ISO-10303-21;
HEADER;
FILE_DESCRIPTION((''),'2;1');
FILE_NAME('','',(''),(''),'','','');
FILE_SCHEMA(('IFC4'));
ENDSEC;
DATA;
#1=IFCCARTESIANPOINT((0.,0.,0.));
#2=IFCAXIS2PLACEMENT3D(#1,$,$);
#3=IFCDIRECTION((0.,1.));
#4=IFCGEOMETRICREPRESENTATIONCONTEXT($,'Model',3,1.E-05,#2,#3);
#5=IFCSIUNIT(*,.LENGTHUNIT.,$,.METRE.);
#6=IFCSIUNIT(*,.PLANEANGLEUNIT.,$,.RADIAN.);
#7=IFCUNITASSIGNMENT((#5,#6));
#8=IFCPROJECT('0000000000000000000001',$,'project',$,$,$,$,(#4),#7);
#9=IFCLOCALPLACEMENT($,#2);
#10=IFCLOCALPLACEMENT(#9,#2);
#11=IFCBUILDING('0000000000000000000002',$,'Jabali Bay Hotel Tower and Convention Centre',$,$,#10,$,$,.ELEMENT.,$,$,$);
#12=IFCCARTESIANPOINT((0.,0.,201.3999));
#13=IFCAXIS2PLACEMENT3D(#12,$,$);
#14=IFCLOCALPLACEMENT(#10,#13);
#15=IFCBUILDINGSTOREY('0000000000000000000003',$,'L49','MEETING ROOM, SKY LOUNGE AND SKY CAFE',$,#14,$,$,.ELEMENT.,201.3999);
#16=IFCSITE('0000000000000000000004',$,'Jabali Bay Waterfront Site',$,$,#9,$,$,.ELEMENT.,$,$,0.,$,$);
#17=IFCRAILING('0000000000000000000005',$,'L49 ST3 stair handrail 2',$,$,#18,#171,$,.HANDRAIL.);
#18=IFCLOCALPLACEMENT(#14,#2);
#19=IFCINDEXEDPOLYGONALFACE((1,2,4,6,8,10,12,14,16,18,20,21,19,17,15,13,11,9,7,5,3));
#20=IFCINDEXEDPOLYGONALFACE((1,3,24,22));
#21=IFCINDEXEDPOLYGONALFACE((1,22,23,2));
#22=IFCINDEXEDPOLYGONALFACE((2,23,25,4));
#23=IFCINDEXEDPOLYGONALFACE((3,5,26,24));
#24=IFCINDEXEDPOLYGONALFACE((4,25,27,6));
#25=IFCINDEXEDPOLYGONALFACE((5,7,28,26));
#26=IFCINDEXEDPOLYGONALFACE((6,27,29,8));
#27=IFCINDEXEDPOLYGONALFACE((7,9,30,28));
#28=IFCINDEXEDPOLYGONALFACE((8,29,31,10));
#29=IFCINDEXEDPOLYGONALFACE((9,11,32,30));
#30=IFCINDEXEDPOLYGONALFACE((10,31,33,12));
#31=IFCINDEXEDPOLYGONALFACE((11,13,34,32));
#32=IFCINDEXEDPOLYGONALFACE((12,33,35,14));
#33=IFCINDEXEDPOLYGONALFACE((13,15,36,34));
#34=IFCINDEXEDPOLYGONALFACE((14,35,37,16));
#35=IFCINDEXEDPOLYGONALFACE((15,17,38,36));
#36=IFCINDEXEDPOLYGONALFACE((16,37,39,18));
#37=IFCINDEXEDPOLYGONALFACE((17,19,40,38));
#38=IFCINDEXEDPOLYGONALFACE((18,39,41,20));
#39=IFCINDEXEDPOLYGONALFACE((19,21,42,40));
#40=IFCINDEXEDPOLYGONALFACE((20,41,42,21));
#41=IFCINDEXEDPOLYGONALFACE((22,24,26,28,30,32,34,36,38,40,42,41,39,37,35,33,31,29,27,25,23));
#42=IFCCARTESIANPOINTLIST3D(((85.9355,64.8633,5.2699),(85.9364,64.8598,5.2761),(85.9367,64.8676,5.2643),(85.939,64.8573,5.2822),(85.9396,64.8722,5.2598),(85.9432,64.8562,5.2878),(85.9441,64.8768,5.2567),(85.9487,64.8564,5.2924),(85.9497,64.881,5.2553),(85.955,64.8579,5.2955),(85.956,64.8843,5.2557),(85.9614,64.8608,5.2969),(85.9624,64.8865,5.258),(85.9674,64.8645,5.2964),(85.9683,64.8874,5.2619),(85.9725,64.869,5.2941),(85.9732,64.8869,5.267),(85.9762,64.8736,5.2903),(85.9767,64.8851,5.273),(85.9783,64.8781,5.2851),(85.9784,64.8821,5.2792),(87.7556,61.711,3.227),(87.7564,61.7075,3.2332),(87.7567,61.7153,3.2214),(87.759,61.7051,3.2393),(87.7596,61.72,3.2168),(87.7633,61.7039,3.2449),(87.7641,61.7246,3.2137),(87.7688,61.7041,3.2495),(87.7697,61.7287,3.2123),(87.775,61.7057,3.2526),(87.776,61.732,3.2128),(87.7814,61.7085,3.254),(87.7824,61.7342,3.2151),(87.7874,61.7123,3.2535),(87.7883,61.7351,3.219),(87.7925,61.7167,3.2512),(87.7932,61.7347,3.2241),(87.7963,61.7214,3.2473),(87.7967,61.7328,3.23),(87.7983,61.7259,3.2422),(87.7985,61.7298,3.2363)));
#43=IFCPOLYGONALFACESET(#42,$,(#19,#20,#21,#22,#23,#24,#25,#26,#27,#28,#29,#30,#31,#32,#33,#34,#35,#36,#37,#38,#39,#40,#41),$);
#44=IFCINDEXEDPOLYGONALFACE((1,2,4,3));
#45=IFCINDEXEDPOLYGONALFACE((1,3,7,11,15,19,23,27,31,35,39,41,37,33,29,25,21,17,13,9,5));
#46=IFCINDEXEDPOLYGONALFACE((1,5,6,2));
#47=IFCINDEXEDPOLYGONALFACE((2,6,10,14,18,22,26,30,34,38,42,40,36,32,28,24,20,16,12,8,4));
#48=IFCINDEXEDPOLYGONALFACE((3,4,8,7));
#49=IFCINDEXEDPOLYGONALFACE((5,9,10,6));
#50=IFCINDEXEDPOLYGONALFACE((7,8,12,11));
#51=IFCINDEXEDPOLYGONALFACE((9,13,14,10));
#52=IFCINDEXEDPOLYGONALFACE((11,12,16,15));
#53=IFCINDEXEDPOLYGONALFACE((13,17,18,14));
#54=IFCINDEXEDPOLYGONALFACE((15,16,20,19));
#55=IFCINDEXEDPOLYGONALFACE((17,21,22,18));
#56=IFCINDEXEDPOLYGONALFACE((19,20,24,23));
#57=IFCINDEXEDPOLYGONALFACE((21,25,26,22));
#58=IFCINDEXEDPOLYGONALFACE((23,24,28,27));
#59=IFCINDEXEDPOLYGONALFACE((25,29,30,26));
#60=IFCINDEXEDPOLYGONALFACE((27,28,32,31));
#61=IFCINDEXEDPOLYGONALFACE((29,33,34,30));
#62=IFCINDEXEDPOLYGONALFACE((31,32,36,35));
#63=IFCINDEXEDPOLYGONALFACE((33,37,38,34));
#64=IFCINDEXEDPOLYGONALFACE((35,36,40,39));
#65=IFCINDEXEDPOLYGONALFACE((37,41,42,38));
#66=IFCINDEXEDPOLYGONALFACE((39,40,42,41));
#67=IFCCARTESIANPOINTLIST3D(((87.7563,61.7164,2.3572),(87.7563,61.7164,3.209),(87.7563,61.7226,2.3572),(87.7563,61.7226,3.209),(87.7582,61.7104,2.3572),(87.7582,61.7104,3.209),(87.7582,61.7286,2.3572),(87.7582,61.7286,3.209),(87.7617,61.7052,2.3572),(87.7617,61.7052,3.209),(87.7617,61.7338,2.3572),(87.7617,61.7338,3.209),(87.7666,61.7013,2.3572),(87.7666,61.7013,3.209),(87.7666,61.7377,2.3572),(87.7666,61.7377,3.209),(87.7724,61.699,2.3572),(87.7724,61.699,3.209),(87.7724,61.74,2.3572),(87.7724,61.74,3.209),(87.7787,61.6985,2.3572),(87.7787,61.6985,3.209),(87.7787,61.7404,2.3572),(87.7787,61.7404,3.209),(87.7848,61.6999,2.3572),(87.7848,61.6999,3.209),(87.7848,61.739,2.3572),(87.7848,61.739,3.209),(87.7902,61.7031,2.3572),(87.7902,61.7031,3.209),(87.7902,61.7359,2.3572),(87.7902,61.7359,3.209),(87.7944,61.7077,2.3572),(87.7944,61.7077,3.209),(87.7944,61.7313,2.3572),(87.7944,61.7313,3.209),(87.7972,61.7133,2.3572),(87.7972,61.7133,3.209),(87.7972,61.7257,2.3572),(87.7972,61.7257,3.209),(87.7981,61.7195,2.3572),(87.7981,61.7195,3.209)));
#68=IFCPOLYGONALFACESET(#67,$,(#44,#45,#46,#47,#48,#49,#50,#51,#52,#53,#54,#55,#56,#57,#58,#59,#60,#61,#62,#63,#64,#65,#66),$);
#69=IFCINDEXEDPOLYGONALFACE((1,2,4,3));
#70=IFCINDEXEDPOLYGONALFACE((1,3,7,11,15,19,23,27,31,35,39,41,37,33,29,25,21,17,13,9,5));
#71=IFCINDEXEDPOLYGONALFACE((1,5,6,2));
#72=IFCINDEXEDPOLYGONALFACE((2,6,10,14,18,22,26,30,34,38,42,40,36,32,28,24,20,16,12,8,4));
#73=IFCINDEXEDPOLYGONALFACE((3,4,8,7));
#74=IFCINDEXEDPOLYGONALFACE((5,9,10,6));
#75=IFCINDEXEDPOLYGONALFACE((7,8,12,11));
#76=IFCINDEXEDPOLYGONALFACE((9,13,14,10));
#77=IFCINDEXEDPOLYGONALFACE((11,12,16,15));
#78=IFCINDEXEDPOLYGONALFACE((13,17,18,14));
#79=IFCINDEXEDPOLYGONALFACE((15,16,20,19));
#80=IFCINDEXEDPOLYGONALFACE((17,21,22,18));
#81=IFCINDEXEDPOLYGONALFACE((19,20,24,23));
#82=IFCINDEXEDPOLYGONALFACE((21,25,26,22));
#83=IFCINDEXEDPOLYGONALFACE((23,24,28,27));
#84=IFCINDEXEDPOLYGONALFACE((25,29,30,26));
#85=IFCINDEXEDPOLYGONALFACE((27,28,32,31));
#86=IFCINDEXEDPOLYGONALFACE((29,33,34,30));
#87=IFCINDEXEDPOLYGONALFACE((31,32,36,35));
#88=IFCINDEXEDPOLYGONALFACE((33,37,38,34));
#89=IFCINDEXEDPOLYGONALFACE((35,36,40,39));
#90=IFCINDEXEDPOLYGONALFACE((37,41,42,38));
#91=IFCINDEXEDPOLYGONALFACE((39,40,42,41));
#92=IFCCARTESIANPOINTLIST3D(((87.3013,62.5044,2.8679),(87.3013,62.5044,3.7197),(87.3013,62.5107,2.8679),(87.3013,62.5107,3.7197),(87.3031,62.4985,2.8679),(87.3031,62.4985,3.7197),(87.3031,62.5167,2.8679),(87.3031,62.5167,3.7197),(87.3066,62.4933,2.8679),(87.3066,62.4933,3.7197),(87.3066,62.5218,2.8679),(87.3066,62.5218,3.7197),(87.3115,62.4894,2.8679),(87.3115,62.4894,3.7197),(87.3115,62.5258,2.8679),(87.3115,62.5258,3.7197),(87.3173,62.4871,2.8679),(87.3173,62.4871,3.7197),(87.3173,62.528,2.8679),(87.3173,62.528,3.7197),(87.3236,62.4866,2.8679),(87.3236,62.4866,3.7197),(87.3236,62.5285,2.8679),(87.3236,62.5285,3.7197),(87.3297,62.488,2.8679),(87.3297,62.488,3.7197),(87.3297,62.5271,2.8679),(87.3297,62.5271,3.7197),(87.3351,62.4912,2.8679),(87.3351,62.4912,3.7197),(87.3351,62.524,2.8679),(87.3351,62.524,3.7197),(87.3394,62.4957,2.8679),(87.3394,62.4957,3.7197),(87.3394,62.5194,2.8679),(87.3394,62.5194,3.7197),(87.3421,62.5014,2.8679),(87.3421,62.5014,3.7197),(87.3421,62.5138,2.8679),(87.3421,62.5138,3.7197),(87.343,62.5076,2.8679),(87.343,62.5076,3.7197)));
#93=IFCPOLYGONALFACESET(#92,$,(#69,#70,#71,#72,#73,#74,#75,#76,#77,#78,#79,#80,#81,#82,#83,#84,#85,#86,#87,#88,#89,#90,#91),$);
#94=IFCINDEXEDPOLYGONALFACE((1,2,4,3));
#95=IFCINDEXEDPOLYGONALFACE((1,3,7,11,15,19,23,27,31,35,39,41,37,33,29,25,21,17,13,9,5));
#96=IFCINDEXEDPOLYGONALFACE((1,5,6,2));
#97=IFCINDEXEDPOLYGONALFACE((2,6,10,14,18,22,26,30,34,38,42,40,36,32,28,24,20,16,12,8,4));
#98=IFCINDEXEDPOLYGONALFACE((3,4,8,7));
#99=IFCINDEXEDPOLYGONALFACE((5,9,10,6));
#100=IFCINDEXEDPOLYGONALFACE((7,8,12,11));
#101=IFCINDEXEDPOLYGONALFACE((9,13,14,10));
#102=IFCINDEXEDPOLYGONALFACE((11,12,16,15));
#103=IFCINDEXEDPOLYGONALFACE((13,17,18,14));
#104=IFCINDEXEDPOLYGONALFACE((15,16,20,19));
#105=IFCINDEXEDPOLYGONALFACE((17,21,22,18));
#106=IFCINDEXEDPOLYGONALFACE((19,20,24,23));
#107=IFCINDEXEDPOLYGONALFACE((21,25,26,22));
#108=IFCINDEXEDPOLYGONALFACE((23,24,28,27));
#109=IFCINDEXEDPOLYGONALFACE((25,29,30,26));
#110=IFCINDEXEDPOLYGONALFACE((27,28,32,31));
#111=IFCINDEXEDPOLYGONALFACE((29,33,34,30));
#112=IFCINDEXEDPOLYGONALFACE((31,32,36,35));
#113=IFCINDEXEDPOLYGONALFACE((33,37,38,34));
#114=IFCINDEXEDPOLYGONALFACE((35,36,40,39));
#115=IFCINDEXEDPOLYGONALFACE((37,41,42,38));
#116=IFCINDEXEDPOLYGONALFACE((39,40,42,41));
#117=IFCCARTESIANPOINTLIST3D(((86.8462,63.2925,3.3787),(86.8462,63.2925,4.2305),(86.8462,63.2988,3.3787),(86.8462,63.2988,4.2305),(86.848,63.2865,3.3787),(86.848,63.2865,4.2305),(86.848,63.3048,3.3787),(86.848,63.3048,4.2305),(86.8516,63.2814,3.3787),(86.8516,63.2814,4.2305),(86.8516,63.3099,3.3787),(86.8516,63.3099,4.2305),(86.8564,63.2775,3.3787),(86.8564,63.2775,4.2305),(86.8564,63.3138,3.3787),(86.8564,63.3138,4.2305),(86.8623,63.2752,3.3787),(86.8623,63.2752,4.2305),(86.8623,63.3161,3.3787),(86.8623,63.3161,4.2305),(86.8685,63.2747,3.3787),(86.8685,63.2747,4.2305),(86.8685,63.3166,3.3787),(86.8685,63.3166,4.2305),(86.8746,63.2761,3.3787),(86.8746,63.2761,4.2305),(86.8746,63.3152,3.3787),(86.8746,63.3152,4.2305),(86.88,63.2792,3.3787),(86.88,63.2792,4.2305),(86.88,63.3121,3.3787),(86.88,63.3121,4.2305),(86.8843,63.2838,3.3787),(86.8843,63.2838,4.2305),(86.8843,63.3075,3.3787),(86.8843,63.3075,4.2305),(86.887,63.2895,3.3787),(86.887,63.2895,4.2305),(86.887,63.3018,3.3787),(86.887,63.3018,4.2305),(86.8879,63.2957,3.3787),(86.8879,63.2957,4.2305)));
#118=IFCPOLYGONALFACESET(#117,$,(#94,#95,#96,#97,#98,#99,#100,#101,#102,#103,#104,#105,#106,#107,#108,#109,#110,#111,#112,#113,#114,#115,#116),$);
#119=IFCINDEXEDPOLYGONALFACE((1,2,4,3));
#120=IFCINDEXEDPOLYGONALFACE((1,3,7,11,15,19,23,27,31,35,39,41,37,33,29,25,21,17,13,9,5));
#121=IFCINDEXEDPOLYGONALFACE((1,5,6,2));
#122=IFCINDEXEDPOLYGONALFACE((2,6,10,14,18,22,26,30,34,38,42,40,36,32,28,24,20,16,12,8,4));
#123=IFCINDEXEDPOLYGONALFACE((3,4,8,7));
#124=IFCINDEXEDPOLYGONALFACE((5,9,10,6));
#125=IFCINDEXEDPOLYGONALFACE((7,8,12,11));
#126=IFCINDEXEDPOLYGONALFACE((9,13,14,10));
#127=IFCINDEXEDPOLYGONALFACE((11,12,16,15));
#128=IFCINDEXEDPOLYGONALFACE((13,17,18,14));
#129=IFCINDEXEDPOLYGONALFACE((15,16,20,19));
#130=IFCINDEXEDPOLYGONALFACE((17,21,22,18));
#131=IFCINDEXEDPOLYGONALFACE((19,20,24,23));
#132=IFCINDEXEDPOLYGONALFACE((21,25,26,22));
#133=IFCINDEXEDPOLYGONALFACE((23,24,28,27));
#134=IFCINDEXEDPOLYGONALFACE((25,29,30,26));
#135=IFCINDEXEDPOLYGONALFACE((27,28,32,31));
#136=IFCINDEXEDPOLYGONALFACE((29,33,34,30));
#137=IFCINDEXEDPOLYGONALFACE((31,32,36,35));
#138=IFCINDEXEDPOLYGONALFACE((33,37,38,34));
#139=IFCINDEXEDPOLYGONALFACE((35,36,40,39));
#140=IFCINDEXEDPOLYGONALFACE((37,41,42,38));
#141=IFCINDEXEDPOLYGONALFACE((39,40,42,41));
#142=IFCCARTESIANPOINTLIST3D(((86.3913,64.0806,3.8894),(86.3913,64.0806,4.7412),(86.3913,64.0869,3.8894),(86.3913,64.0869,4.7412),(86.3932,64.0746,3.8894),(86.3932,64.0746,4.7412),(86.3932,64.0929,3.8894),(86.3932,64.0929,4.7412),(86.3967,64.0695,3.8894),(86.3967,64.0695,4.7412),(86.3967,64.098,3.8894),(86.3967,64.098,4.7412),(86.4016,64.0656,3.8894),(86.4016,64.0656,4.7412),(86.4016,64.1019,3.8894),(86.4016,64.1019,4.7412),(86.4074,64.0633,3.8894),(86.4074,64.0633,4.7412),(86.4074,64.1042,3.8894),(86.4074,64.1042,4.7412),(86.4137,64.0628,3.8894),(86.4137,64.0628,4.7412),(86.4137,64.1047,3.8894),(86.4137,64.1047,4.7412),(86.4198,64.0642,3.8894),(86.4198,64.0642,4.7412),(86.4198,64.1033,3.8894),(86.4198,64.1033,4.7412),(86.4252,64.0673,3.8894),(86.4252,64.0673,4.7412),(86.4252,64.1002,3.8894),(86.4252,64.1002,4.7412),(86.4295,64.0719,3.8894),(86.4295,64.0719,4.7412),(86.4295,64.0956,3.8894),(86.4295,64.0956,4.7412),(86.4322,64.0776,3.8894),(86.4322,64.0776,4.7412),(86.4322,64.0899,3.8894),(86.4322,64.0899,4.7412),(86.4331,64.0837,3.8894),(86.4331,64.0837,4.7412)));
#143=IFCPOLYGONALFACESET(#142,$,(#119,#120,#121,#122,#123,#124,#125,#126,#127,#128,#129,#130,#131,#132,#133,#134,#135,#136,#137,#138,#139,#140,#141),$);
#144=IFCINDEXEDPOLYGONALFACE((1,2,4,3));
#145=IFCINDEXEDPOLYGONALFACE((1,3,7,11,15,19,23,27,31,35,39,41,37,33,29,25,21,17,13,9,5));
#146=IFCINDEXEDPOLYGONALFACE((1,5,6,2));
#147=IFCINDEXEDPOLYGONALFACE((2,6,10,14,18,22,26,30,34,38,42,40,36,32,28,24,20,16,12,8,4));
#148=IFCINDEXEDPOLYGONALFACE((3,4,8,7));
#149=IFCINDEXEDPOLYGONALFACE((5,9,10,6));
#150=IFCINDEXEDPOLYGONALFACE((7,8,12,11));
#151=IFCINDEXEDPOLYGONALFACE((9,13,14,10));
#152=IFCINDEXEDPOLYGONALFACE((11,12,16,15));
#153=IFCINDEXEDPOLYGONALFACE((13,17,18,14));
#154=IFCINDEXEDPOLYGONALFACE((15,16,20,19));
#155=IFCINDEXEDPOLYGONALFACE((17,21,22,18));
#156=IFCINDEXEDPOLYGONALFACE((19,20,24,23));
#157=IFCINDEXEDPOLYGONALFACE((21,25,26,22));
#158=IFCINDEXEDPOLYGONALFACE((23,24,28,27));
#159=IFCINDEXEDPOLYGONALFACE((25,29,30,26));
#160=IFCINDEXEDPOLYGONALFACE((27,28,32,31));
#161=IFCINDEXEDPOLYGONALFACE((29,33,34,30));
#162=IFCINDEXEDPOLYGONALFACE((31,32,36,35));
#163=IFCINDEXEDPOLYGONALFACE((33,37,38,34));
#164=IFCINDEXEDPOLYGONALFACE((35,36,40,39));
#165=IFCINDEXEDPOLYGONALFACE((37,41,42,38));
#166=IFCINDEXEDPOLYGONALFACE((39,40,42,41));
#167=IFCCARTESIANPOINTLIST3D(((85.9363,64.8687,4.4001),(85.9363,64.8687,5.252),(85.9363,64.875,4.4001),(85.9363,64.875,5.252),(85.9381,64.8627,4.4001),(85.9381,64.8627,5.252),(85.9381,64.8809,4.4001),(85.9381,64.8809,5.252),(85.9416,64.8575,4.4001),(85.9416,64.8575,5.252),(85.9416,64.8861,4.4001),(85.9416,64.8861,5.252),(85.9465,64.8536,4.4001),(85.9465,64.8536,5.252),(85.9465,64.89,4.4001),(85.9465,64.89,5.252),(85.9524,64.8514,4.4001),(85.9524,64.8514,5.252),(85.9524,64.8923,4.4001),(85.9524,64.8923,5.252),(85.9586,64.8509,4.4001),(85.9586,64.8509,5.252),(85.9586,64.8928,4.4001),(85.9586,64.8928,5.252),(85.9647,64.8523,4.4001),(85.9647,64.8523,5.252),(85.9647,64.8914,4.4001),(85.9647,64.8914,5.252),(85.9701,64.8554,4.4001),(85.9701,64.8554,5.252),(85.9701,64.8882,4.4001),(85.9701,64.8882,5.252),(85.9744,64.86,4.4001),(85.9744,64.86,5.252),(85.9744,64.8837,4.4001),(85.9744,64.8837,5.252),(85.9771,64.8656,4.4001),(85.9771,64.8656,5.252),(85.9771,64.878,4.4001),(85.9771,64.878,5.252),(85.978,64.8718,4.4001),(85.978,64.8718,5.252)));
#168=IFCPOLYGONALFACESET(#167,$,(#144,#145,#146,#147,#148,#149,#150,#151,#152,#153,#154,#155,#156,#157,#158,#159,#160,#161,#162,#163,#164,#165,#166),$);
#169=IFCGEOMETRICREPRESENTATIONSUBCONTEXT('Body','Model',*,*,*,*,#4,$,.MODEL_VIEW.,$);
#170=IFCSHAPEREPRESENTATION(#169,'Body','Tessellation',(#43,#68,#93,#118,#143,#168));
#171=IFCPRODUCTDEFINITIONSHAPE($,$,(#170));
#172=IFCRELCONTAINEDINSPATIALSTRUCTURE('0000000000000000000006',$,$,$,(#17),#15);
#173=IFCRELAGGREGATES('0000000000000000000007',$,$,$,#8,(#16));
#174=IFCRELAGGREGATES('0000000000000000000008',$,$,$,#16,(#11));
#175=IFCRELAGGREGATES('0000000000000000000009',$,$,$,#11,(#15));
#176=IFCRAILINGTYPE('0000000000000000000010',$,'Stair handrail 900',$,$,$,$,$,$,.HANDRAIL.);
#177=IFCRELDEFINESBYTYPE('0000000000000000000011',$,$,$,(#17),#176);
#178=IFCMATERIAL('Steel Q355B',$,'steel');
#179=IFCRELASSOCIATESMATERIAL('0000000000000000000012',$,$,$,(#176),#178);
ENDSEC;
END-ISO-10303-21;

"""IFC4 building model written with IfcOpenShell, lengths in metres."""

from ifc_helpers import new_model, si_unit, direction, frame, origin, origin_2d, place, context, subcontext, project, spatial, circle, extrude, material, type_object, element, save


model = new_model("IFC4")

# Units and contexts
model_context = context("Model", 3, precision=1e-05, world=origin(), true_north=direction((0.0, 1.0)))
body_context = subcontext(model_context, "Body", "Model", "MODEL_VIEW")
ifc_project = project(units=[si_unit("LENGTHUNIT", "METRE"), si_unit("PLANEANGLEUNIT", "RADIAN")], contexts=[model_context])

# Site, building, storey
site_placement = place(None, origin())
site = spatial("IfcSite", under=ifc_project, at=site_placement, Name="Jabali Bay Waterfront Site", CompositionType="ELEMENT", RefElevation=0.0)
building_placement = place(site_placement, origin())
building = spatial("IfcBuilding", under=site, at=building_placement, Name="Jabali Bay Hotel Tower and Convention Centre", CompositionType="ELEMENT")
storey_placement = place(building_placement, frame((0.0, 0.0, 201.3999)))
storey = spatial("IfcBuildingStorey", under=building, at=storey_placement, Name="L49", Description="MEETING ROOM, SKY LOUNGE AND SKY CAFE", CompositionType="ELEMENT", Elevation=201.3999)

# Railing
ifc_material_1 = material(Name="Steel Q355B", Category="steel")
railing_type_1 = type_object("IfcRailingType", Name="Stair handrail 900", PredefinedType="HANDRAIL", material=ifc_material_1)
railing_1_placement = place(storey_placement, frame((87.7771, 61.7195, 2.3572)))
element("IfcRailing", 1, at=railing_1_placement, inside=storey, type_object=railing_type_1, Name="L49 ST3 stair handrail 2", PredefinedType="HANDRAIL", context=body_context, shape_type="SweptSolid", body=[
    extrude(circle(Radius=0.0239, at=origin_2d()), frame((0.0, 0.0, 0.876), z_axis=(-0.436032, 0.755204, 0.489432), x_axis=(-0.866018, -0.500013, 0.0)), (0.0, 0.0, 1.0), 4.1741),
    extrude(circle(Radius=0.021, at=origin_2d()), origin(), (0.0, 0.0, 1.0), 0.8518),
    extrude(circle(Radius=0.021, at=origin_2d()), frame((-0.4551, 0.7881, 0.5107)), (0.0, 0.0, 1.0), 0.8518),
    extrude(circle(Radius=0.021, at=origin_2d()), frame((-0.9102, 1.5762, 1.0215)), (0.0, 0.0, 1.0), 0.8518),
    extrude(circle(Radius=0.021, at=origin_2d()), frame((-1.365, 2.3643, 1.5322)), (0.0, 0.0, 1.0), 0.8518),
    extrude(circle(Radius=0.021, at=origin_2d()), frame((-1.8201, 3.1523, 2.043)), (0.0, 0.0, 1.0), 0.8518),
])

save(model, "model.ifc")
